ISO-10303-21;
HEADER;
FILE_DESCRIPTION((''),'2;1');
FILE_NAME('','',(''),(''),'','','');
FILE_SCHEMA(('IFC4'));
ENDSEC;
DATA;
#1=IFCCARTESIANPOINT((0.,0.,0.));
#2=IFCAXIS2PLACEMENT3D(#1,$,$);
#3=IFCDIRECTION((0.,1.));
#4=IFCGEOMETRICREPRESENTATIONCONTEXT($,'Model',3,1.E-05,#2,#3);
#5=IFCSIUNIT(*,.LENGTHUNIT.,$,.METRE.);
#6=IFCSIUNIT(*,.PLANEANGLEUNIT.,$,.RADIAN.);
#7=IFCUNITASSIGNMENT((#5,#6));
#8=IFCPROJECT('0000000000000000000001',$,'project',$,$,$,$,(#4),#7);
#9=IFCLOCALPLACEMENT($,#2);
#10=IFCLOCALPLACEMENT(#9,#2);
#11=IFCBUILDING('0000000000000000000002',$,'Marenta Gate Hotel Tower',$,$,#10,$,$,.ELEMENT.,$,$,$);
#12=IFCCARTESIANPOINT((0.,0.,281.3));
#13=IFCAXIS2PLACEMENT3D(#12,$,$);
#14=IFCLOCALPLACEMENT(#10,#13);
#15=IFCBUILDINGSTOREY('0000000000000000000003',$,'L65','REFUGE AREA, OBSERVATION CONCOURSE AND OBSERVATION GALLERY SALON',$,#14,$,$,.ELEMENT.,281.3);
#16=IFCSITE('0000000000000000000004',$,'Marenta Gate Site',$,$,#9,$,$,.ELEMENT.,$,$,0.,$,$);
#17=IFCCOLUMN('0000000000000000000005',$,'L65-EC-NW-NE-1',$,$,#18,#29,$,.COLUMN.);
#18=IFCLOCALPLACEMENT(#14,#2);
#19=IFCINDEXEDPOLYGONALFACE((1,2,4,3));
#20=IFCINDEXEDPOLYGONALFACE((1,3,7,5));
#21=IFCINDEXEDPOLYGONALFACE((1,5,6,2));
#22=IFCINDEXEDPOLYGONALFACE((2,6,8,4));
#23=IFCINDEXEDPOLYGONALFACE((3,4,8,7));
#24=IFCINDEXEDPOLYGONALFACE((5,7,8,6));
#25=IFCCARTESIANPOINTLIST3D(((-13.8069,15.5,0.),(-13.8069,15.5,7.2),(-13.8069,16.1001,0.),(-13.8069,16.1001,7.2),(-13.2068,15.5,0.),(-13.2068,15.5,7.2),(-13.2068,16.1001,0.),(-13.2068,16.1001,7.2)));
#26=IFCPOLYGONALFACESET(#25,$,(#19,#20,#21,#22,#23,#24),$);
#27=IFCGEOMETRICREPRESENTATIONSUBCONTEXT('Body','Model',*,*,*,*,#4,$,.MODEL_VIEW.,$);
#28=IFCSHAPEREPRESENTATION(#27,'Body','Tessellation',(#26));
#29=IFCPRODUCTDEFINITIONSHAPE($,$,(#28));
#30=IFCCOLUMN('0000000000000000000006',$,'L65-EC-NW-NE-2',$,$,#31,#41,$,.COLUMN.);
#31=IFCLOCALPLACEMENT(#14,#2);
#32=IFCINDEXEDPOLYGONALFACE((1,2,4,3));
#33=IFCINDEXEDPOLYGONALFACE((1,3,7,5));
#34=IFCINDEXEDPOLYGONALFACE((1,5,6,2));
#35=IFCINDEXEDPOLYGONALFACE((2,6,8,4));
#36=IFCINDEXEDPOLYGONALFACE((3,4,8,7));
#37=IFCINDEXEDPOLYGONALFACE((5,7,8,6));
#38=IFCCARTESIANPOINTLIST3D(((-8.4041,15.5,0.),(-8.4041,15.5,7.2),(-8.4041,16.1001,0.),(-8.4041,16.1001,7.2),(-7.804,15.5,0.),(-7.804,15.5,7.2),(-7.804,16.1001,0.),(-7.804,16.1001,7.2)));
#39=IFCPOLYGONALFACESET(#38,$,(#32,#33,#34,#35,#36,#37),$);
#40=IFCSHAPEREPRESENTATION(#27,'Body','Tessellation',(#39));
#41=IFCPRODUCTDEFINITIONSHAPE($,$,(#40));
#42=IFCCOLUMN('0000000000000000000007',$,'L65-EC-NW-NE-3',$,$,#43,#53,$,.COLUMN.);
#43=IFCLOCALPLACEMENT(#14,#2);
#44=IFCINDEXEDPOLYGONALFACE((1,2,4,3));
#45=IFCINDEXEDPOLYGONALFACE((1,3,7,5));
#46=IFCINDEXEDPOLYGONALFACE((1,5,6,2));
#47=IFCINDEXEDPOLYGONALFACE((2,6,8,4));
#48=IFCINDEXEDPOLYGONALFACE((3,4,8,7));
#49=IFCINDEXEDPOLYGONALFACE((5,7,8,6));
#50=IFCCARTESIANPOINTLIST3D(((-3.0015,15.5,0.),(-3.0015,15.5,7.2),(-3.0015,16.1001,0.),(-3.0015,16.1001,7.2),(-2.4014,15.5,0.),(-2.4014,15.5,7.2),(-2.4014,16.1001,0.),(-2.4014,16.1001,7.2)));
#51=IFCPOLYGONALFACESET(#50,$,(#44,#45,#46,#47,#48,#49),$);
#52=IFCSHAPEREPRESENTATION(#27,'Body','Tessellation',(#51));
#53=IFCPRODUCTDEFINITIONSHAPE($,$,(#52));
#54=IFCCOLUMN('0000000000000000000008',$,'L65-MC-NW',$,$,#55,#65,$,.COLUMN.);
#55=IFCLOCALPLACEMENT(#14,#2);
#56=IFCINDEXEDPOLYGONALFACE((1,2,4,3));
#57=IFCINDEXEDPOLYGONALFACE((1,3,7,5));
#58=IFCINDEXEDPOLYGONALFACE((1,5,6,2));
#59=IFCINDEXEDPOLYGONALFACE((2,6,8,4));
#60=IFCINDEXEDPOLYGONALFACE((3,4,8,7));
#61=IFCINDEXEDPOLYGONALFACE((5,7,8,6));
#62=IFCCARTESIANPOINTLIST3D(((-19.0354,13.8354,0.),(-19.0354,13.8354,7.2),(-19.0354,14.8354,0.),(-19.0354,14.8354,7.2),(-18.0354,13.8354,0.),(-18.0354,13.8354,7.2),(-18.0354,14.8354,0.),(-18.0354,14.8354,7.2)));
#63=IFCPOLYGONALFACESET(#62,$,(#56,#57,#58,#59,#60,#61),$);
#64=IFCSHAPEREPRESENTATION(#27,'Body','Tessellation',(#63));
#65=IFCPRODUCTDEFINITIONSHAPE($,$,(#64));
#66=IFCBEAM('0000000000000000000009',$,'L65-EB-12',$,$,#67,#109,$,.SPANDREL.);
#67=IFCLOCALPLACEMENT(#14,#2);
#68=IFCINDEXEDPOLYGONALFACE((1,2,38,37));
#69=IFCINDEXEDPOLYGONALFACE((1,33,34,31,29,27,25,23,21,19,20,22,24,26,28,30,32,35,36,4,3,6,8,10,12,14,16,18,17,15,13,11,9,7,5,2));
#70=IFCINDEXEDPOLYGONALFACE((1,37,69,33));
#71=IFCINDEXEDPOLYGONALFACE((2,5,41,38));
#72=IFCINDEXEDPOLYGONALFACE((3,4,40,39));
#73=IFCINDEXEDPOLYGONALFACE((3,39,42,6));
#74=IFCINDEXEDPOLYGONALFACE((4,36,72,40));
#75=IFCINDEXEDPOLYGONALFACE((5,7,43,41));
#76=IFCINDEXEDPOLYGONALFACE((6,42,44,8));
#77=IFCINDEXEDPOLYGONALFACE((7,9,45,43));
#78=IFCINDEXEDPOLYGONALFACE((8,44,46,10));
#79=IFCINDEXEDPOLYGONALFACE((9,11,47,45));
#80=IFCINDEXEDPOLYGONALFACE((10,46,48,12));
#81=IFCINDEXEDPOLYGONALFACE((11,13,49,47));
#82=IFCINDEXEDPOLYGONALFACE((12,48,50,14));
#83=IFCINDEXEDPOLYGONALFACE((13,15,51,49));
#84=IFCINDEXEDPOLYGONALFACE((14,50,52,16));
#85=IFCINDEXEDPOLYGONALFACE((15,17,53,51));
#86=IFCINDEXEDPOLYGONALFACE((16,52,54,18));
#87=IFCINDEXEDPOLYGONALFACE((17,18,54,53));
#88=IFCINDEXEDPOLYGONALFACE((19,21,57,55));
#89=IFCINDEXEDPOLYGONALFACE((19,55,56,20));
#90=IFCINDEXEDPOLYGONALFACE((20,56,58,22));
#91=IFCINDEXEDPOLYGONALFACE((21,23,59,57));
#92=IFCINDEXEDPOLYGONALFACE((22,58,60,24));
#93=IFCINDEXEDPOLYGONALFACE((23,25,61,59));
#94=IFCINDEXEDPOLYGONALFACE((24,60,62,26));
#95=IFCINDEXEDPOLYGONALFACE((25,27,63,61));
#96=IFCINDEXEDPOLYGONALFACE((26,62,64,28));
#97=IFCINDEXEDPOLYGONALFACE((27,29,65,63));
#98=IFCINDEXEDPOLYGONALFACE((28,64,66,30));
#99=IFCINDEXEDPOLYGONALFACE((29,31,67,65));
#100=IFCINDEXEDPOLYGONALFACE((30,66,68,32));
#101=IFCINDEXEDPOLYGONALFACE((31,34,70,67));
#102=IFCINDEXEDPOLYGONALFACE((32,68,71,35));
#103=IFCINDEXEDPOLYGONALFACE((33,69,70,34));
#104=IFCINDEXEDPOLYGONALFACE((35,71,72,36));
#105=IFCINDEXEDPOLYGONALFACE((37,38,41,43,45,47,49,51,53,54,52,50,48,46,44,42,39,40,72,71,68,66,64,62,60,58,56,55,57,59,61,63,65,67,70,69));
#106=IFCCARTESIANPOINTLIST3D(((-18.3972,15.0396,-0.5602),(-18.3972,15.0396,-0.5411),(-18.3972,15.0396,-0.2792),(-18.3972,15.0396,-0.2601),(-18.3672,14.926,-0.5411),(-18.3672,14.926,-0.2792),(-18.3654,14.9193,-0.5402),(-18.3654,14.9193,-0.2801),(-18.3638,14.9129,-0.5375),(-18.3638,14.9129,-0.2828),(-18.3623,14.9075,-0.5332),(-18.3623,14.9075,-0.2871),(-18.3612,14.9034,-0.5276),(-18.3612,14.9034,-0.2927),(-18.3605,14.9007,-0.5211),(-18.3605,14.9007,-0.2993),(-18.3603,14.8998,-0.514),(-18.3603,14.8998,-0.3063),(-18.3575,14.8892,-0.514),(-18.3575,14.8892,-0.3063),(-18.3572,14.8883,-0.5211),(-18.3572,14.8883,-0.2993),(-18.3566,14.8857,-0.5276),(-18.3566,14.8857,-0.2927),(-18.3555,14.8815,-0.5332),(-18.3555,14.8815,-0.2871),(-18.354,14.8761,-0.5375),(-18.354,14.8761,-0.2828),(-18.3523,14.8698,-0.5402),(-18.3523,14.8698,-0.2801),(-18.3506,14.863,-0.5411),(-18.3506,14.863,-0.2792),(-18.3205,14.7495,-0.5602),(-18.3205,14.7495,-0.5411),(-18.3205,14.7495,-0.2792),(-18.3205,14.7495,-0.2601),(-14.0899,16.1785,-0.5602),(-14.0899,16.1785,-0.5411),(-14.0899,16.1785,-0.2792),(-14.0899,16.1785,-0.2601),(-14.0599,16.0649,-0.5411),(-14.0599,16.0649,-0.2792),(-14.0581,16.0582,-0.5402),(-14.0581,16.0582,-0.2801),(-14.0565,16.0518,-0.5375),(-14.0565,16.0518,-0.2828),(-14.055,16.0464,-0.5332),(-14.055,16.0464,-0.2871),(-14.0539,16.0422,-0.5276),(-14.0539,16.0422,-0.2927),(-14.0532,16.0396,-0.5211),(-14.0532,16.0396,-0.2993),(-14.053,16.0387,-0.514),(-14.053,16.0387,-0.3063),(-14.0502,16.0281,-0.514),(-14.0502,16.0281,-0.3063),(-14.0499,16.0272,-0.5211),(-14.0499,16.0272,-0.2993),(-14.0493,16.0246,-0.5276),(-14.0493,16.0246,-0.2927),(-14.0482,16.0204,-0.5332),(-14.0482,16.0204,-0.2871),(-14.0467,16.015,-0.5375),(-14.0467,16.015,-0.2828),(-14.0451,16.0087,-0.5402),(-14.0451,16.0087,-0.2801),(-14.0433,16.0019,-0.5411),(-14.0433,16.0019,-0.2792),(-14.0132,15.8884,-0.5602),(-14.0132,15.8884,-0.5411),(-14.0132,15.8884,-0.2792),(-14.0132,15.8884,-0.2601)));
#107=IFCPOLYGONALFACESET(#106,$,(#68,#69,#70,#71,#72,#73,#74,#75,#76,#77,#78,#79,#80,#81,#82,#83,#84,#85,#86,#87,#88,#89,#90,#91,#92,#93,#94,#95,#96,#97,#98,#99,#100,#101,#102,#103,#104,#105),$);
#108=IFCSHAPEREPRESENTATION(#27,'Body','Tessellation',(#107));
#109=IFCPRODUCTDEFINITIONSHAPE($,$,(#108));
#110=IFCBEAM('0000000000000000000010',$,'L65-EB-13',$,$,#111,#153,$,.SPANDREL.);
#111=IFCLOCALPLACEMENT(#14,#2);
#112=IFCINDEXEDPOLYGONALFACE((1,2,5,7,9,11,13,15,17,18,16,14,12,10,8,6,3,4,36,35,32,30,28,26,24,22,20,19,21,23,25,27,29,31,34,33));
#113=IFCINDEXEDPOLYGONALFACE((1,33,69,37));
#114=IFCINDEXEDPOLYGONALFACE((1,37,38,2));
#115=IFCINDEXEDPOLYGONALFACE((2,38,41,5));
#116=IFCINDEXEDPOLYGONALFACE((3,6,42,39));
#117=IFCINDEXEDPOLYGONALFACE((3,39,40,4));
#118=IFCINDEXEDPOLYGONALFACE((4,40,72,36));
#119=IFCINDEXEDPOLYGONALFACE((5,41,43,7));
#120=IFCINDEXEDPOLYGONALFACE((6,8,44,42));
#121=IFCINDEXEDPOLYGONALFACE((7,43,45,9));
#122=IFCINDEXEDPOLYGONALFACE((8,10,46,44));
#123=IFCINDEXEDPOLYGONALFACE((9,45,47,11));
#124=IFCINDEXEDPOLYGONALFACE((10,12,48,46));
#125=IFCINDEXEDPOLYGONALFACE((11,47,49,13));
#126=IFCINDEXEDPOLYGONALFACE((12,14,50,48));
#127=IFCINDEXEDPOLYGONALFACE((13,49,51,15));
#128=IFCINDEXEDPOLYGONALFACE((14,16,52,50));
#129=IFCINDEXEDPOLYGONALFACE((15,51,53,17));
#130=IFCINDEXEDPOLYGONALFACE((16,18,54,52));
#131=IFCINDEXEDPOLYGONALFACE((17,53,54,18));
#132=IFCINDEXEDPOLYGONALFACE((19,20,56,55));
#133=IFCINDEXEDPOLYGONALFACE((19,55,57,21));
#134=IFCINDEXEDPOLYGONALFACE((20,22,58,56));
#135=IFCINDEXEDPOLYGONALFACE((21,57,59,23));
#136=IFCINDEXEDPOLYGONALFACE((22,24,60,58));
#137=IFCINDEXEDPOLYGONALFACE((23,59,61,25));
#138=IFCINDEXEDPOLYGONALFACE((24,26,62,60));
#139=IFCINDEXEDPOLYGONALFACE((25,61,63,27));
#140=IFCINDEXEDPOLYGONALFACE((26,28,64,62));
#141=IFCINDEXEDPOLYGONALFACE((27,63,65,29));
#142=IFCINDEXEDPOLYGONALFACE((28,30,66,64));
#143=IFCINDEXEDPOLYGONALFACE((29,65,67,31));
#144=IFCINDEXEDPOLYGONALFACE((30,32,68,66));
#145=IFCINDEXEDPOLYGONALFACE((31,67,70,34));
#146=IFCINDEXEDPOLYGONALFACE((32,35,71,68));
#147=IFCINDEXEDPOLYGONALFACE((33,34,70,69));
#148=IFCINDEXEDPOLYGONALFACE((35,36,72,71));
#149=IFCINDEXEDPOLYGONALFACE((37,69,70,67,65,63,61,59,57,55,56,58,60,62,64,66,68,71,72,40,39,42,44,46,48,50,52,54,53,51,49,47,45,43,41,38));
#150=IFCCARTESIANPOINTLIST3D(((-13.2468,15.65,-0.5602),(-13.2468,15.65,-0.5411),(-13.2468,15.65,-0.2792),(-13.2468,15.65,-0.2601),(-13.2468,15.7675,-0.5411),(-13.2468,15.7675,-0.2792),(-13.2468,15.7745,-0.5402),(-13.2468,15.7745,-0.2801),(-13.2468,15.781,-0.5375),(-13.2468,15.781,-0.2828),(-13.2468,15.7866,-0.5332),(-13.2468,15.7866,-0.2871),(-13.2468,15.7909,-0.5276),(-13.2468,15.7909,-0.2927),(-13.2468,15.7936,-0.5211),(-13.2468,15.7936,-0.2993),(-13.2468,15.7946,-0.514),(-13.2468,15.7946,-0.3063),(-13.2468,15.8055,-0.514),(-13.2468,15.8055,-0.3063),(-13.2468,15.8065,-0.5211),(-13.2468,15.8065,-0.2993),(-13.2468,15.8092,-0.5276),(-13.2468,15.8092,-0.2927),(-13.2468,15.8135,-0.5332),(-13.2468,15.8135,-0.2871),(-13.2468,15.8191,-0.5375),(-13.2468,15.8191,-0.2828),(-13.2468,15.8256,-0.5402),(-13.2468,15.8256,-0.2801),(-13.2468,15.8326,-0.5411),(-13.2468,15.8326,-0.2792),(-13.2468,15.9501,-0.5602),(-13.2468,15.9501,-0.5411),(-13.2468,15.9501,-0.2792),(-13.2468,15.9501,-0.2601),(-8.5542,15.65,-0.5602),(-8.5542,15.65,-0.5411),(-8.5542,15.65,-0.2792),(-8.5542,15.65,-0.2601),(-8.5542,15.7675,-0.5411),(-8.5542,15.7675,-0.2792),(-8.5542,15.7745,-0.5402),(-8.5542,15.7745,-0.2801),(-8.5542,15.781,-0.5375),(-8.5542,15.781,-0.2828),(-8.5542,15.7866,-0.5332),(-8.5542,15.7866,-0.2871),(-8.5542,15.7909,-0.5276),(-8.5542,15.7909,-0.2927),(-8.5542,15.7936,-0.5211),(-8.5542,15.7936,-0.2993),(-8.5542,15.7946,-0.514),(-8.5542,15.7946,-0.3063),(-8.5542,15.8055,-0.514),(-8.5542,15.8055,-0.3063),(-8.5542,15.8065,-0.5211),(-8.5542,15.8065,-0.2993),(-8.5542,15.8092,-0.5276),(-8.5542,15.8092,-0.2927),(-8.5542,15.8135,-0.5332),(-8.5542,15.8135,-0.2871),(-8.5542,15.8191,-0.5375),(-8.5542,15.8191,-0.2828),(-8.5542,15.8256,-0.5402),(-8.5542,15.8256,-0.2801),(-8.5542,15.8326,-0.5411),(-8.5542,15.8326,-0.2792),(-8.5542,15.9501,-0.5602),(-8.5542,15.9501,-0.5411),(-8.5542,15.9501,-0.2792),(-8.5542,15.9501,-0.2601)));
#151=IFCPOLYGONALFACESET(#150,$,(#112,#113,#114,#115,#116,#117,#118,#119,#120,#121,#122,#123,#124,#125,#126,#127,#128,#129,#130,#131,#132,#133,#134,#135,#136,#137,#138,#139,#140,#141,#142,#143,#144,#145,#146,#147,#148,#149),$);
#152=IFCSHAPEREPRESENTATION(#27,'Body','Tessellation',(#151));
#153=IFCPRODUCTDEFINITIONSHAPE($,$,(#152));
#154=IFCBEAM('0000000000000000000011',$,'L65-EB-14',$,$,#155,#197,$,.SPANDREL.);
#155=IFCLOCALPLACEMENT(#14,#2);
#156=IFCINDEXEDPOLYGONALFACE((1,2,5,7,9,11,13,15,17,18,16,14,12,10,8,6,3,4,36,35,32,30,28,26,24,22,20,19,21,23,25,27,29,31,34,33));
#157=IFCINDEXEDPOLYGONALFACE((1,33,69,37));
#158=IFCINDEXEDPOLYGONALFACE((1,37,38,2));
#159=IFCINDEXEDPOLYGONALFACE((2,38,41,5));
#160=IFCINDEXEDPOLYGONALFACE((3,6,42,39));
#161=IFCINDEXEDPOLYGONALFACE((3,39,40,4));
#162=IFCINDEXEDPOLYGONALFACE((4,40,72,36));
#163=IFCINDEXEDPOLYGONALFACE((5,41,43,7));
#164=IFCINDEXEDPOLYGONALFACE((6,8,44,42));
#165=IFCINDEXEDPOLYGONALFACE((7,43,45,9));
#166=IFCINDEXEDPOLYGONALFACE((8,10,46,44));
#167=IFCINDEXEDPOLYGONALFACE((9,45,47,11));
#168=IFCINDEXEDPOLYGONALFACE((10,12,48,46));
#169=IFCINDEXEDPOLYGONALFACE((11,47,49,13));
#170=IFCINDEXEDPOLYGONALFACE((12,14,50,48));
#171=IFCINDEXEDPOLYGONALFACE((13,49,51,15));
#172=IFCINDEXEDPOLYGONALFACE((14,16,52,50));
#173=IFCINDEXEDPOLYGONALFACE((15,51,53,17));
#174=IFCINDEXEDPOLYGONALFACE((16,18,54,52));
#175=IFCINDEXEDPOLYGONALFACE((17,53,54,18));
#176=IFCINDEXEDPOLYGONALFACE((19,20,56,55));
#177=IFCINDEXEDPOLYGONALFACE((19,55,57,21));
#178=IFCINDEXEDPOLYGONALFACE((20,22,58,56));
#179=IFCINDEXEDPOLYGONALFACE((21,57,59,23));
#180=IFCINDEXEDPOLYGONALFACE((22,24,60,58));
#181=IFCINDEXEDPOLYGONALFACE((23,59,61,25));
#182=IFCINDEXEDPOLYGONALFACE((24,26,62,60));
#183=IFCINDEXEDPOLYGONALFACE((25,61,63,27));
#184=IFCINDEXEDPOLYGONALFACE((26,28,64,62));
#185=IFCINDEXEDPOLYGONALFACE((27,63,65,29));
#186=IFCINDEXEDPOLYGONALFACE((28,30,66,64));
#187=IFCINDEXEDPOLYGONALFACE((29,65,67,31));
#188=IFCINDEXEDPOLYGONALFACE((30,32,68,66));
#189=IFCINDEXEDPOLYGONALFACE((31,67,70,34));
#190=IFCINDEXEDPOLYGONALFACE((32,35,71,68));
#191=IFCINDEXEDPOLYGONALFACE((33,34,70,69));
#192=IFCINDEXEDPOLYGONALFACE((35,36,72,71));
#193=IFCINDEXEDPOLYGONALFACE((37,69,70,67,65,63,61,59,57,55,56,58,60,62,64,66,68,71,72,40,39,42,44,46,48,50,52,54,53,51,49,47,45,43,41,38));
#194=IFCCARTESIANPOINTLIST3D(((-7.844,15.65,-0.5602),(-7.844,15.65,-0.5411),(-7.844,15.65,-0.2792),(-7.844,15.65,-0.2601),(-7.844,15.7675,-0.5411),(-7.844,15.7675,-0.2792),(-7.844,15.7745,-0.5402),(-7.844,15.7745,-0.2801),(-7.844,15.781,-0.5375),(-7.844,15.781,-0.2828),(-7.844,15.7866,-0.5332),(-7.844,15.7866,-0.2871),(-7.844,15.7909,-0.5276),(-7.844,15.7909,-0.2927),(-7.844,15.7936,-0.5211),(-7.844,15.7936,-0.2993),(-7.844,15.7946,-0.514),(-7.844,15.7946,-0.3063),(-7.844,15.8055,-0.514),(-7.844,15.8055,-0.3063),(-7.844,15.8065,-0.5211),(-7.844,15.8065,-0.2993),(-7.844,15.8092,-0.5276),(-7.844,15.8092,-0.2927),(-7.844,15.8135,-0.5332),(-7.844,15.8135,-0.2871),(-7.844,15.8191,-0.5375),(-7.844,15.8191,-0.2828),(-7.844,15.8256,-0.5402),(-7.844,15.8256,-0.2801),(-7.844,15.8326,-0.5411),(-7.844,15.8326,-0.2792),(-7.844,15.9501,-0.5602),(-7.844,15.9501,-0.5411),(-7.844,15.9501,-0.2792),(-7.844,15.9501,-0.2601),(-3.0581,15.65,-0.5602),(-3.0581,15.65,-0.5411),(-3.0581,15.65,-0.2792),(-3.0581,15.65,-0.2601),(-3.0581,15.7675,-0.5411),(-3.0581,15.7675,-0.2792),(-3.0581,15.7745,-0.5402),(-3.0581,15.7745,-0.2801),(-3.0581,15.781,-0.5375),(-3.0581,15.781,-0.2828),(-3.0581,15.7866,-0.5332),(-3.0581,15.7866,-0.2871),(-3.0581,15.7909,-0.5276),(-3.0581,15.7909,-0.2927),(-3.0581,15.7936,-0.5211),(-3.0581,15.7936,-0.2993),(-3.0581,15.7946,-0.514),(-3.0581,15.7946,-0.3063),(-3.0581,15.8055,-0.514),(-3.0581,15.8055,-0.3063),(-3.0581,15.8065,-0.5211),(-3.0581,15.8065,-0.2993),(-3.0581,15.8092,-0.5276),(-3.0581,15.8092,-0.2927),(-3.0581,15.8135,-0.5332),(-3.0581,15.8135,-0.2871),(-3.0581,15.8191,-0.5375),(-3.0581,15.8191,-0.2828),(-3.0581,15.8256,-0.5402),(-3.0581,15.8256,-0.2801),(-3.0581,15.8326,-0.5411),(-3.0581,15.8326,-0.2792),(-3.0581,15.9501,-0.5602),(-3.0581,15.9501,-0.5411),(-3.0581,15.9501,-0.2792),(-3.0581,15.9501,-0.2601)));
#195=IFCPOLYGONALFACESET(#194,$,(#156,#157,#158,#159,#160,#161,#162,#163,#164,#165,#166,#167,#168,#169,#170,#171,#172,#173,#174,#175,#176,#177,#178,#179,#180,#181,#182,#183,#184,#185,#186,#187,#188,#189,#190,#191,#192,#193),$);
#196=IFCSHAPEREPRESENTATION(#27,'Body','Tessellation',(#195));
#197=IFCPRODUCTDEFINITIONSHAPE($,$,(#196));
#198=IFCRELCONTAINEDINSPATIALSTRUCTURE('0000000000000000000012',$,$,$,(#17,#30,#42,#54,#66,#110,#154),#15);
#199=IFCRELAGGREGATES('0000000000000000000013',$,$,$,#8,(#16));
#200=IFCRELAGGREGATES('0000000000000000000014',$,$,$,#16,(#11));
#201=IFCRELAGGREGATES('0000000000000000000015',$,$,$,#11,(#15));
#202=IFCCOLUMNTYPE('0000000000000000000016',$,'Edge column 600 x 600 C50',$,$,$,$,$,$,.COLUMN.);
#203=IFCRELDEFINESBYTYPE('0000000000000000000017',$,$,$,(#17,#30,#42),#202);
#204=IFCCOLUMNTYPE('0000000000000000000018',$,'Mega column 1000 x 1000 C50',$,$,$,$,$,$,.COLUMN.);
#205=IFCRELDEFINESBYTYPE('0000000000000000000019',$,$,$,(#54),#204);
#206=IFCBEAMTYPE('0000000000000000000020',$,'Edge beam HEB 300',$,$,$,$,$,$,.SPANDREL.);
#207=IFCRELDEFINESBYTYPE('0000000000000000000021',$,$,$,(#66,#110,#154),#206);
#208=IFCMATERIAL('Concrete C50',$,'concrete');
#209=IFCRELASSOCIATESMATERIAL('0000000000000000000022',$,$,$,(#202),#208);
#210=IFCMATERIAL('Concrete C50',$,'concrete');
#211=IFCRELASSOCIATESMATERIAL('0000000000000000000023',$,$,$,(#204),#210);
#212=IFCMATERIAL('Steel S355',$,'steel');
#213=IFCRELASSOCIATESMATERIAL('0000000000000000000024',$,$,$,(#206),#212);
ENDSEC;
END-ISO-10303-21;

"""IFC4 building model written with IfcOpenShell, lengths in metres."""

from ifc_helpers import new_model, si_unit, direction, frame, origin, origin_2d, place, context, subcontext, project, spatial, rectangle, i_section, extrude, material, material_profile, profile_set, type_object, element, save


model = new_model("IFC4")

# Units and contexts
model_context = context("Model", 3, precision=1e-05, world=origin(), true_north=direction((0.0, 1.0)))
body_context = subcontext(model_context, "Body", "Model", "MODEL_VIEW")
ifc_project = project(units=[si_unit("LENGTHUNIT", "METRE"), si_unit("PLANEANGLEUNIT", "RADIAN")], contexts=[model_context])

# Site, building, storey
site_placement = place(None, origin())
site = spatial("IfcSite", under=ifc_project, at=site_placement, Name="Marenta Gate Site", CompositionType="ELEMENT", RefElevation=0.0)
building_placement = place(site_placement, origin())
building = spatial("IfcBuilding", under=site, at=building_placement, Name="Marenta Gate Hotel Tower", CompositionType="ELEMENT")
storey_placement = place(building_placement, frame((0.0, 0.0, 281.3)))
storey = spatial("IfcBuildingStorey", under=building, at=storey_placement, Name="L65", Description="REFUGE AREA, OBSERVATION CONCOURSE AND OBSERVATION GALLERY SALON", CompositionType="ELEMENT", Elevation=281.3)

# Columns
ifc_material_1 = material(Name="Concrete C50", Category="concrete")
ifc_material_profile_1 = material_profile(ifc_material_1, rectangle(XDim=0.6001, YDim=0.6001, at=origin_2d()), Name="600 x 600")
ifc_profile_set_1 = profile_set([ifc_material_profile_1], Name="Concrete C50")
column_type_1 = type_object("IfcColumnType", Name="Edge column 600 x 600 C50", PredefinedType="COLUMN", material=ifc_profile_set_1)
for number, where, z_axis, x_axis, name in (
    (1, (-13.5068, 15.8, 0.0), (0.0, 0.0, 1.0), (1.0, 0.0, 0.0), "L65-EC-NW-NE-1"),
    (2, (-8.104, 15.8, 0.0), (0.0, 0.0, 1.0), (1.0, 0.0, 0.0), "L65-EC-NW-NE-2"),
    (3, (-2.7014, 15.8, 0.0), (0.0, 0.0, 1.0), (1.0, 0.0, 0.0), "L65-EC-NW-NE-3"),
):
    element("IfcColumn", number, at=place(storey_placement, frame(where, z_axis=z_axis, x_axis=x_axis)), inside=storey, type_object=column_type_1, Name=name, PredefinedType="COLUMN", context=body_context, shape_type="SweptSolid", body=[
        extrude(rectangle(XDim=0.6001, YDim=0.6001, at=origin_2d()), origin(), (0.0, 0.0, 1.0), 7.2),
    ])
ifc_material_2 = material(Name="Concrete C50", Category="concrete")
ifc_material_profile_2 = material_profile(ifc_material_2, rectangle(XDim=1.0, YDim=1.0, at=origin_2d()), Name="1000 x 1000")
ifc_profile_set_2 = profile_set([ifc_material_profile_2], Name="Concrete C50")
column_type_2 = type_object("IfcColumnType", Name="Mega column 1000 x 1000 C50", PredefinedType="COLUMN", material=ifc_profile_set_2)
column_placement = place(storey_placement, frame((-18.5354, 14.3354, 0.0), z_axis=(0.0, 0.0, 1.0), x_axis=(1.0, 0.0, 0.0)))
element("IfcColumn", 4, at=column_placement, inside=storey, type_object=column_type_2, Name="L65-MC-NW", PredefinedType="COLUMN", context=body_context, shape_type="SweptSolid", body=[
    extrude(rectangle(XDim=1.0, YDim=1.0, at=origin_2d()), origin(), (0.0, 0.0, 1.0), 7.2),
])

# Beams
ifc_material_3 = material(Name="Steel S355", Category="steel")
ifc_material_profile_3 = material_profile(ifc_material_3, i_section(OverallWidth=0.3, OverallDepth=0.3, WebThickness=0.011, FlangeThickness=0.019, FilletRadius=0.0271, at=origin_2d()), Name="HEB 300")
ifc_profile_set_3 = profile_set([ifc_material_profile_3], Name="Steel S355")
beam_type = type_object("IfcBeamType", Name="Edge beam HEB 300", PredefinedType="SPANDREL", material=ifc_profile_set_3)
beam_1_placement = place(storey_placement, frame((-18.3589, 14.8945, -0.4102), z_axis=(0.966776, 0.255626, 0.0), x_axis=(-0.255626, 0.966776, 0.0)))
element("IfcBeam", 5, at=beam_1_placement, inside=storey, type_object=beam_type, Name="L65-EB-12", PredefinedType="SPANDREL", context=body_context, shape_type="SweptSolid", body=[
    extrude(i_section(OverallWidth=0.3, OverallDepth=0.3, WebThickness=0.011, FlangeThickness=0.019, FilletRadius=0.0271, at=origin_2d()), origin(), (0.0, 0.0, 1.0), 4.4553),
])
beam_2_placement = place(storey_placement, frame((-13.2468, 15.8, -0.4102), z_axis=(1.0, 0.0, 0.0), x_axis=(0.0, 1.0, 0.0)))
element("IfcBeam", 6, at=beam_2_placement, inside=storey, type_object=beam_type, Name="L65-EB-13", PredefinedType="SPANDREL", context=body_context, shape_type="SweptSolid", body=[
    extrude(i_section(OverallWidth=0.3, OverallDepth=0.3, WebThickness=0.011, FlangeThickness=0.019, FilletRadius=0.0271, at=origin_2d()), origin(), (0.0, 0.0, 1.0), 4.6926),
])
beam_3_placement = place(storey_placement, frame((-7.844, 15.8, -0.4102), z_axis=(1.0, 0.0, 0.0), x_axis=(0.0, 1.0, 0.0)))
element("IfcBeam", 7, at=beam_3_placement, inside=storey, type_object=beam_type, Name="L65-EB-14", PredefinedType="SPANDREL", context=body_context, shape_type="SweptSolid", body=[
    extrude(i_section(OverallWidth=0.3, OverallDepth=0.3, WebThickness=0.011, FlangeThickness=0.019, FilletRadius=0.0271, at=origin_2d()), origin(), (0.0, 0.0, 1.0), 4.7859),
])

save(model, "model.ifc")
